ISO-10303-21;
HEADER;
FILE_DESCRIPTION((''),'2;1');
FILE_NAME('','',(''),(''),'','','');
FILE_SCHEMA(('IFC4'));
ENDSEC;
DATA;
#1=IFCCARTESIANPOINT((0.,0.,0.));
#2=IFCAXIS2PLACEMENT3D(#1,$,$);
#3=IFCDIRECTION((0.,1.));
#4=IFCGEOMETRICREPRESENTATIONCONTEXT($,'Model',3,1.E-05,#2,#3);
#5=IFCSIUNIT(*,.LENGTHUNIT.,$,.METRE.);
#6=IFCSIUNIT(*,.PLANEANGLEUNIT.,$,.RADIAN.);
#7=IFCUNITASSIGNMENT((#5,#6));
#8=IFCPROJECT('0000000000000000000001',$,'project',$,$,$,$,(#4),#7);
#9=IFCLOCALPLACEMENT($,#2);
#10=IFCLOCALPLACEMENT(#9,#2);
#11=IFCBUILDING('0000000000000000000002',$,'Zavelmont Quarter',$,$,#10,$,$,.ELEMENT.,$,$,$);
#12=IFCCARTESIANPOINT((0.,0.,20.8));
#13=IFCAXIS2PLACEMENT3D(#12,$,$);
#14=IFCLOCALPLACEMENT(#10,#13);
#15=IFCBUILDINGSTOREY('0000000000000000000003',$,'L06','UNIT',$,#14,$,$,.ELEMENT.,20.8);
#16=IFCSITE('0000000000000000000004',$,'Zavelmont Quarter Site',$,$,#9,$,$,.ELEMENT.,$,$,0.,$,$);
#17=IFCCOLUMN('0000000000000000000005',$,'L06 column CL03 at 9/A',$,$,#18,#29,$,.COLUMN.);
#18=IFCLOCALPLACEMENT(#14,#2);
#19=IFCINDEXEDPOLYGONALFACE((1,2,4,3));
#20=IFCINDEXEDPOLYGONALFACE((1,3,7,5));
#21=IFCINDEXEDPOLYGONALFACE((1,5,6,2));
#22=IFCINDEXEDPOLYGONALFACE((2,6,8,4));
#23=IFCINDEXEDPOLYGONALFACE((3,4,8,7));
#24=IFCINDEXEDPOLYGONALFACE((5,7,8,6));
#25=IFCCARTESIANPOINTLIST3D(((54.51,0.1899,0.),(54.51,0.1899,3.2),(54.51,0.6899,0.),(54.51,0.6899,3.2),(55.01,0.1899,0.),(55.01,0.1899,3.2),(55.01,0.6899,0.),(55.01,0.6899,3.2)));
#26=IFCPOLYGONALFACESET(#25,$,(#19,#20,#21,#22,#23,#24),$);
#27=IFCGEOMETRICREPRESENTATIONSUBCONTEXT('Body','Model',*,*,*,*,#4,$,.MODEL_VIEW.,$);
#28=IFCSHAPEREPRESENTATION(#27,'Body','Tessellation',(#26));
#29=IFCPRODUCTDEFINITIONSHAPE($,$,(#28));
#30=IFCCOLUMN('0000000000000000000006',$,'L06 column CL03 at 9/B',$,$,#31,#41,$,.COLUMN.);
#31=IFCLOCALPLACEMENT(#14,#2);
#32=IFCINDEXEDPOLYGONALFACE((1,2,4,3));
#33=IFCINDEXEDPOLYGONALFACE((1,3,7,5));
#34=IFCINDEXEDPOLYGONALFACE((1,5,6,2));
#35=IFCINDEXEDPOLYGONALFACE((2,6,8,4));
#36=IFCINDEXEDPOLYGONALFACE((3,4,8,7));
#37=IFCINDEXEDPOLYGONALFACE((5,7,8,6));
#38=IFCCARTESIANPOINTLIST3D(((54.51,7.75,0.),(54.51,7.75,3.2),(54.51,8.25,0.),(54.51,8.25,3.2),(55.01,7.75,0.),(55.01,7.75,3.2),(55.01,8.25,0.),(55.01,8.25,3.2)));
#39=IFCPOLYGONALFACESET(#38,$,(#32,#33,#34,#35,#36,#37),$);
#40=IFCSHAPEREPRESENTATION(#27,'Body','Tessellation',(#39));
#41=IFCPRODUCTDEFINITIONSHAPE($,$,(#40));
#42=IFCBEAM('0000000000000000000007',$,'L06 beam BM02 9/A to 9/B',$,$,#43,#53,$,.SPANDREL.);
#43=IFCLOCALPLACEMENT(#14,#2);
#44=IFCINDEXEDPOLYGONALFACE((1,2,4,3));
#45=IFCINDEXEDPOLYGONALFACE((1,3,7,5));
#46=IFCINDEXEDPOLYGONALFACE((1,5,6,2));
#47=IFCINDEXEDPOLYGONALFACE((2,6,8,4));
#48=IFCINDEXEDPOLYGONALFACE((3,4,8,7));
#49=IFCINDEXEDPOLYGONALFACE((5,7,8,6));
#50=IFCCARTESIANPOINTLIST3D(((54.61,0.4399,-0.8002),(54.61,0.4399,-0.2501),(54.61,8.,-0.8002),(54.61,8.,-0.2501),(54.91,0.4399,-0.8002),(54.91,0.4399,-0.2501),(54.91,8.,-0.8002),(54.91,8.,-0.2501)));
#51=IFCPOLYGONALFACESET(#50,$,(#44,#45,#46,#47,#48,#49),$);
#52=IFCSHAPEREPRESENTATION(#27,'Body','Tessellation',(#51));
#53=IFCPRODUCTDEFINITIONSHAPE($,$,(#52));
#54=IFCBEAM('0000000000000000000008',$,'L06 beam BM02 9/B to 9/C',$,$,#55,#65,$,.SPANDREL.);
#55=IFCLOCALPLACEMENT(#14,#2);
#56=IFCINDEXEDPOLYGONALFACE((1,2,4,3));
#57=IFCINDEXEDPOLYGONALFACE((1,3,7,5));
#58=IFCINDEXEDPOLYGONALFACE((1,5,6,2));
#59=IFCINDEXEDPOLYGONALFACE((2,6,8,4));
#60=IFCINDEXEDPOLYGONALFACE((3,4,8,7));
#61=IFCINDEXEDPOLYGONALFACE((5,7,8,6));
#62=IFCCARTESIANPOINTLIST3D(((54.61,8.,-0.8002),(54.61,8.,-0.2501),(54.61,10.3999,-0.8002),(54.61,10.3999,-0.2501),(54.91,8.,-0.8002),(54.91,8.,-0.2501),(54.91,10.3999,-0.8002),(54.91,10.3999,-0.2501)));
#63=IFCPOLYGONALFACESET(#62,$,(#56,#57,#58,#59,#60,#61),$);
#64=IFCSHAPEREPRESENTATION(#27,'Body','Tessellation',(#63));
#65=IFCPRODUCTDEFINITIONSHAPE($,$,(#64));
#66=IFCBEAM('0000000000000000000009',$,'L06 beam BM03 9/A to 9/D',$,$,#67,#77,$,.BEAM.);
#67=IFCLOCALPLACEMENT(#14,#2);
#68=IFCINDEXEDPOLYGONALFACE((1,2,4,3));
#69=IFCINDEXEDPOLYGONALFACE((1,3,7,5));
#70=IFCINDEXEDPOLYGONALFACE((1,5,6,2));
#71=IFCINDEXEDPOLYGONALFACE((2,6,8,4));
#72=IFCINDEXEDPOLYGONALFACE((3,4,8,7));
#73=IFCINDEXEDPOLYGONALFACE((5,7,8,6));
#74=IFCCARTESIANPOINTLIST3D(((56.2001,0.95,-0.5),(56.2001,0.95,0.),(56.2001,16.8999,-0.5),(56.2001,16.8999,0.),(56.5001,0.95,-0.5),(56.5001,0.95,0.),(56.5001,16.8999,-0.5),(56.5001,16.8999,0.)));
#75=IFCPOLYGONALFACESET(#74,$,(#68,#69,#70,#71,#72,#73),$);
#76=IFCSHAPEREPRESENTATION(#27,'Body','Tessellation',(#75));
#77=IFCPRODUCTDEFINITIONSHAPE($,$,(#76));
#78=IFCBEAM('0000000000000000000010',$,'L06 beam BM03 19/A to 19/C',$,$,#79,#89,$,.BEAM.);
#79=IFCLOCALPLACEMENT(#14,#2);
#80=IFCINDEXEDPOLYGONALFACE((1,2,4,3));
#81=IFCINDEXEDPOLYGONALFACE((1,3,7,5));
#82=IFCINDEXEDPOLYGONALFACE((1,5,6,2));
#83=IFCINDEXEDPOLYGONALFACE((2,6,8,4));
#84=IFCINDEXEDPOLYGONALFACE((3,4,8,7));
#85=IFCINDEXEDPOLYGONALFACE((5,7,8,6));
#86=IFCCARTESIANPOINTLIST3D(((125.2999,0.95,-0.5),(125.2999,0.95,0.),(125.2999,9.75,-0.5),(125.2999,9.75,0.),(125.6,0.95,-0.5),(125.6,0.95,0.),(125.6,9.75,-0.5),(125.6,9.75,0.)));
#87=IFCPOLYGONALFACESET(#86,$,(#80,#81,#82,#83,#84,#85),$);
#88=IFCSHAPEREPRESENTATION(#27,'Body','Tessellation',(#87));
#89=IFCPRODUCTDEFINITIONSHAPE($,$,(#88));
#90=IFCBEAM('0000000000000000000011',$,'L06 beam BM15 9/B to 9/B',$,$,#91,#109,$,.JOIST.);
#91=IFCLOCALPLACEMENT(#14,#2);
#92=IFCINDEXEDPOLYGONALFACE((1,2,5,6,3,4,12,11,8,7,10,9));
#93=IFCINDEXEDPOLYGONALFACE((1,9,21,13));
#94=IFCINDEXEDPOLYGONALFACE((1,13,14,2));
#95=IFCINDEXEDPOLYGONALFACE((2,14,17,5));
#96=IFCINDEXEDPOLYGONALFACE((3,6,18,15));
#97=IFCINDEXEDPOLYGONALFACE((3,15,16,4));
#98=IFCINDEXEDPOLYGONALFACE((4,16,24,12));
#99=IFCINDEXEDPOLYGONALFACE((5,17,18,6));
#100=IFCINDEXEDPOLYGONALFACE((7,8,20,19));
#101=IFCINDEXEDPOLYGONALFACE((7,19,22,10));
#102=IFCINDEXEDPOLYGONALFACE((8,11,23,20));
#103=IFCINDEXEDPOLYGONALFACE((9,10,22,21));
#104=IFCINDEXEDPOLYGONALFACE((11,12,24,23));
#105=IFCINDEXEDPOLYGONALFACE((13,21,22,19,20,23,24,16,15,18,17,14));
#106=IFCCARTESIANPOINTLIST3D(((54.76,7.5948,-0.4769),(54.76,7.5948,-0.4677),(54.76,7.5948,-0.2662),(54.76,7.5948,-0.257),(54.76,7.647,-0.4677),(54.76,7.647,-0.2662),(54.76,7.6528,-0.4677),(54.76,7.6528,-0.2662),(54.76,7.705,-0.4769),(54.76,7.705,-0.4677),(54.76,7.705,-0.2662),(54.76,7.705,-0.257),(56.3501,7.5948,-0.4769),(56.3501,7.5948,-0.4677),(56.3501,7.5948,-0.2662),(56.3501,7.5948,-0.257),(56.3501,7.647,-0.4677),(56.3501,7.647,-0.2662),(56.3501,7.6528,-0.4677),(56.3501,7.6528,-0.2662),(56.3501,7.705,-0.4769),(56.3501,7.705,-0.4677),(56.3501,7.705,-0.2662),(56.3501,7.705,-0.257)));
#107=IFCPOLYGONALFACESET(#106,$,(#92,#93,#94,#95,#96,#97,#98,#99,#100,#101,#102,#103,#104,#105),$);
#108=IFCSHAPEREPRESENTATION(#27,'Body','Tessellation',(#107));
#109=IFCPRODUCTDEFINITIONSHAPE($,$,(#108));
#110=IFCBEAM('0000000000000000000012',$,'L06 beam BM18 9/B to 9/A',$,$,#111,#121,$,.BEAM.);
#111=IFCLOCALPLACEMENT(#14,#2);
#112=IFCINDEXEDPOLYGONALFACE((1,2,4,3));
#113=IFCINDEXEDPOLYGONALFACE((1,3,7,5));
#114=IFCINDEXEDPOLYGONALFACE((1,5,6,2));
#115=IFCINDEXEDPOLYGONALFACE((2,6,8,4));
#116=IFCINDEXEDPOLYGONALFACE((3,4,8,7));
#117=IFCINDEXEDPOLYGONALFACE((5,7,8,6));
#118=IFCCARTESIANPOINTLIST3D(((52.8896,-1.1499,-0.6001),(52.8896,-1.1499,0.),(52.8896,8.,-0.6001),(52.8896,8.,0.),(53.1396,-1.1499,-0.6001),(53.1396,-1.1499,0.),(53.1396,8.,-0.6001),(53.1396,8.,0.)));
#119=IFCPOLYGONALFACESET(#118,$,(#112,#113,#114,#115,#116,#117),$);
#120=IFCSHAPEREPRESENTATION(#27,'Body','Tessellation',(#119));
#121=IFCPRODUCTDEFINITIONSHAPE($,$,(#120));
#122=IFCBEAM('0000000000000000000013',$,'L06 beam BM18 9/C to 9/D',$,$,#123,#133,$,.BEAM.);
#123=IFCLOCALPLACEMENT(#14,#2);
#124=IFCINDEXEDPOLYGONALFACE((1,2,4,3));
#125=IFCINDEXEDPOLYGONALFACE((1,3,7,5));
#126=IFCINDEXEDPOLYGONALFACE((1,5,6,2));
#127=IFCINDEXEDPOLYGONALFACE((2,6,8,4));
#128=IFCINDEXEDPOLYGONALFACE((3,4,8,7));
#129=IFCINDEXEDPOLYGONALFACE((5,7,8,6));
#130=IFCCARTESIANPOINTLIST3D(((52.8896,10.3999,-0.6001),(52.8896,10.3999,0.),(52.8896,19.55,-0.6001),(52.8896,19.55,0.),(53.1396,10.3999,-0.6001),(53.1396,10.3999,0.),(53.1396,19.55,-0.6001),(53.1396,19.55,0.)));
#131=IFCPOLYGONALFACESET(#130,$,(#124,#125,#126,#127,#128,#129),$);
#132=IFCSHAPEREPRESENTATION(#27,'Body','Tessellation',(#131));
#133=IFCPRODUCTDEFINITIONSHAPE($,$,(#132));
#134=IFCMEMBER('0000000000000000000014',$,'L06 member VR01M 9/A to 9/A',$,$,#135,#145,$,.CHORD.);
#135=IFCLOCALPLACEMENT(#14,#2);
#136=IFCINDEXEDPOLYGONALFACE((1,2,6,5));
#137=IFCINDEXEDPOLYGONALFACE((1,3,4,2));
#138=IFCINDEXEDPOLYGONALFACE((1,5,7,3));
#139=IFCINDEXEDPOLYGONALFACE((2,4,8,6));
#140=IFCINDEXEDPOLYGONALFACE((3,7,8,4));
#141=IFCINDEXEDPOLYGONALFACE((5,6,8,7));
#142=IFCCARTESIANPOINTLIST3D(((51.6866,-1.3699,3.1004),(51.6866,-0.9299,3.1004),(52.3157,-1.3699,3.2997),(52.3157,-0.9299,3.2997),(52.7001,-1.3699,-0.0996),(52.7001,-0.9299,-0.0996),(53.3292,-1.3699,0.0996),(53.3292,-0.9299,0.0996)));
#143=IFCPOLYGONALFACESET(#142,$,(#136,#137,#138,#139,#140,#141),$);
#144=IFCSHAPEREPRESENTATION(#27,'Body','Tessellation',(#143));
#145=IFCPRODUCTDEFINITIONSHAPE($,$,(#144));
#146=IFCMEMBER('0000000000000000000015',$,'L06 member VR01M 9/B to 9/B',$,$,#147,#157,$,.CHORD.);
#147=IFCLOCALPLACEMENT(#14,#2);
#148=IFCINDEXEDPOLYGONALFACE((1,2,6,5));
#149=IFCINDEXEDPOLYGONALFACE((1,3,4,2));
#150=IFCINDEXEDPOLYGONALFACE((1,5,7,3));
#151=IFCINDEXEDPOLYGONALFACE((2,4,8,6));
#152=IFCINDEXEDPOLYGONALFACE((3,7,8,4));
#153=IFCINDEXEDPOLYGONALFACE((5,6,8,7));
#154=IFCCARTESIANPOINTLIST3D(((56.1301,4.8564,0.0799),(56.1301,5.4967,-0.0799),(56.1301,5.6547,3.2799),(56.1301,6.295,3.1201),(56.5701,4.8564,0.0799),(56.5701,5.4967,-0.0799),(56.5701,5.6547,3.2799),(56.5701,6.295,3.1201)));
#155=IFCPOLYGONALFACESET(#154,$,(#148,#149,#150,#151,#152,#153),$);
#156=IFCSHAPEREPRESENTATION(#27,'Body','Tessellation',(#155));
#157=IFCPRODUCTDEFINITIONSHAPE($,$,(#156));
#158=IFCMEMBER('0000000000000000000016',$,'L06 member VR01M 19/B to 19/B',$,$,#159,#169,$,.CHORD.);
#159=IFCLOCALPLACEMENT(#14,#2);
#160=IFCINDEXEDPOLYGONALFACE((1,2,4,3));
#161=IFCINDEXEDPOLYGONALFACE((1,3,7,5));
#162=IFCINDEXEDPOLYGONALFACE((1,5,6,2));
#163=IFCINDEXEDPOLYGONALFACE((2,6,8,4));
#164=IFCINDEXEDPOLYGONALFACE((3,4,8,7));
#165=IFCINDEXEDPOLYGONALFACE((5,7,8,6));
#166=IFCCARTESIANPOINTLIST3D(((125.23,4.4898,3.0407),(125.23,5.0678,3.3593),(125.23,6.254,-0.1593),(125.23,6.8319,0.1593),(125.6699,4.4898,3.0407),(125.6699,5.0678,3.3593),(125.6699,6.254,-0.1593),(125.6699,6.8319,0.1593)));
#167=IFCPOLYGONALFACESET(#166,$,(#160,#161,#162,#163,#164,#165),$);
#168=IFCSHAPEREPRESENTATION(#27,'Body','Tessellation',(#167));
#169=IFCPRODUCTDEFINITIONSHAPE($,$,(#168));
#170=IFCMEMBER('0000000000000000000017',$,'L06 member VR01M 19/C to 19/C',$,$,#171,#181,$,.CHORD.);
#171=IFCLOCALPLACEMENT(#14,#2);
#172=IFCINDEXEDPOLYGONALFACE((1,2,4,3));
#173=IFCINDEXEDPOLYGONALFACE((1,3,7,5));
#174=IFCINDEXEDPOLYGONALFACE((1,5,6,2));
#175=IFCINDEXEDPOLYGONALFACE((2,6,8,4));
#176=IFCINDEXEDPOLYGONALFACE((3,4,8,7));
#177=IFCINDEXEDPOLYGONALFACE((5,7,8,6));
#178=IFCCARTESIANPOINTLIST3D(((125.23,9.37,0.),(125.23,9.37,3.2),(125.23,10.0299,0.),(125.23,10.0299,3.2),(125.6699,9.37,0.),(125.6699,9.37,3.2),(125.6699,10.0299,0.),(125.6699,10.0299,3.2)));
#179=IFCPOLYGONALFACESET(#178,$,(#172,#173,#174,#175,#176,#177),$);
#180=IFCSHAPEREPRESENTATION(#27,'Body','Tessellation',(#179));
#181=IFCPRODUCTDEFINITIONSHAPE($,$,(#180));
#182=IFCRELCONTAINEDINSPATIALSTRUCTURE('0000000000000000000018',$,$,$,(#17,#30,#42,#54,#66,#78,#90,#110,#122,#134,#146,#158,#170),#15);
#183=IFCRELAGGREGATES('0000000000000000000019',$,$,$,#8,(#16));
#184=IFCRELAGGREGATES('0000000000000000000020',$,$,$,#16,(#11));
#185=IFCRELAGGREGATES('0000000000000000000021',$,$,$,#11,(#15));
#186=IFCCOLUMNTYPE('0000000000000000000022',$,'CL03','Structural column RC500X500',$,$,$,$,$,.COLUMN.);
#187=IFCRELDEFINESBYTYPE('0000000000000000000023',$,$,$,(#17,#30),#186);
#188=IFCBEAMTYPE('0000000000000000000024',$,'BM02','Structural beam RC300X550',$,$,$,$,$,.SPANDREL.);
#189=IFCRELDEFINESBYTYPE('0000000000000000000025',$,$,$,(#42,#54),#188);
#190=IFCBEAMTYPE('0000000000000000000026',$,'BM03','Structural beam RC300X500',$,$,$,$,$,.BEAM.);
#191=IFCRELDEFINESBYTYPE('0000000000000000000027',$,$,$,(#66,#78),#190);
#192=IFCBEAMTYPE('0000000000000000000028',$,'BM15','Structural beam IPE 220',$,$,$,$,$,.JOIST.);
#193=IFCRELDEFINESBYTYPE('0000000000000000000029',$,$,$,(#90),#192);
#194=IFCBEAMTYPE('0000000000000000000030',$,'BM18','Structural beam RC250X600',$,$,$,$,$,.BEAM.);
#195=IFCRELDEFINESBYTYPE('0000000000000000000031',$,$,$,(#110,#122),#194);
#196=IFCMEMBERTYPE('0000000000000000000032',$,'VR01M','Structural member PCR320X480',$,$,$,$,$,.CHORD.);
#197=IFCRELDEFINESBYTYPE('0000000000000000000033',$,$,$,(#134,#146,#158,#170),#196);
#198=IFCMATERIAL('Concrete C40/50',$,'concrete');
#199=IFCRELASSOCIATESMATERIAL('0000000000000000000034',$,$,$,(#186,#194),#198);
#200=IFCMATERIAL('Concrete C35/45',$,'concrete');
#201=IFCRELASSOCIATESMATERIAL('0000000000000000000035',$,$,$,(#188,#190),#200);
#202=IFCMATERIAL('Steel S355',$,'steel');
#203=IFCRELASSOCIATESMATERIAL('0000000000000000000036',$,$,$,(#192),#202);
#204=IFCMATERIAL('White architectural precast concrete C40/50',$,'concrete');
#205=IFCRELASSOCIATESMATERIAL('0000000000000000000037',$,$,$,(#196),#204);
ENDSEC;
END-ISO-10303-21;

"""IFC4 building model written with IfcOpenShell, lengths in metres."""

from ifc_helpers import new_model, si_unit, direction, frame, origin, origin_2d, place, context, subcontext, project, spatial, rectangle, i_section, extrude, material, material_profile, profile_set, type_object, element, save


model = new_model("IFC4")

# Units and contexts
model_context = context("Model", 3, precision=1e-05, world=origin(), true_north=direction((0.0, 1.0)))
body_context = subcontext(model_context, "Body", "Model", "MODEL_VIEW")
ifc_project = project(units=[si_unit("LENGTHUNIT", "METRE"), si_unit("PLANEANGLEUNIT", "RADIAN")], contexts=[model_context])

# Site, building, storey
site_placement = place(None, origin())
site = spatial("IfcSite", under=ifc_project, at=site_placement, Name="Zavelmont Quarter Site", CompositionType="ELEMENT", RefElevation=0.0)
building_placement = place(site_placement, origin())
building = spatial("IfcBuilding", under=site, at=building_placement, Name="Zavelmont Quarter", CompositionType="ELEMENT")
storey_placement = place(building_placement, frame((0.0, 0.0, 20.8)))
storey = spatial("IfcBuildingStorey", under=building, at=storey_placement, Name="L06", Description="UNIT", CompositionType="ELEMENT", Elevation=20.8)

# Columns
ifc_material_1 = material(Name="Concrete C40/50", Category="concrete")
ifc_material_profile_1 = material_profile(ifc_material_1, rectangle(XDim=0.5, YDim=0.5, at=origin_2d()), Name="RC500X500")
ifc_profile_set_1 = profile_set([ifc_material_profile_1], Name="Concrete C40/50")
column_type = type_object("IfcColumnType", Name="CL03", Description="Structural column RC500X500", PredefinedType="COLUMN", material=ifc_profile_set_1)
for number, where, z_axis, x_axis, name in (
    (1, (54.76, 0.4399, 0.0), (0.0, 0.0, 1.0), (1.0, 0.0, 0.0), "L06 column CL03 at 9/A"),
    (2, (54.76, 8.0, 0.0), (0.0, 0.0, 1.0), (1.0, 0.0, 0.0), "L06 column CL03 at 9/B"),
):
    element("IfcColumn", number, at=place(storey_placement, frame(where, z_axis=z_axis, x_axis=x_axis)), inside=storey, type_object=column_type, Name=name, PredefinedType="COLUMN", context=body_context, shape_type="SweptSolid", body=[
        extrude(rectangle(XDim=0.5, YDim=0.5, at=origin_2d()), origin(), (0.0, 0.0, 1.0), 3.2),
    ])

# Beams
ifc_material_2 = material(Name="Concrete C35/45", Category="concrete")
ifc_material_profile_2 = material_profile(ifc_material_2, rectangle(XDim=0.3, YDim=0.55, at=origin_2d()), Name="RC300X550")
ifc_profile_set_2 = profile_set([ifc_material_profile_2], Name="Concrete C35/45")
beam_type_1 = type_object("IfcBeamType", Name="BM02", Description="Structural beam RC300X550", PredefinedType="SPANDREL", material=ifc_profile_set_2)
beam_1_placement = place(storey_placement, frame((54.76, 0.4399, -0.5251), z_axis=(0.0, 1.0, 0.0), x_axis=(-1.0, 0.0, 0.0)))
element("IfcBeam", 3, at=beam_1_placement, inside=storey, type_object=beam_type_1, Name="L06 beam BM02 9/A to 9/B", PredefinedType="SPANDREL", context=body_context, shape_type="SweptSolid", body=[
    extrude(rectangle(XDim=0.3, YDim=0.55, at=origin_2d()), origin(), (0.0, 0.0, 1.0), 7.5601),
])
beam_2_placement = place(storey_placement, frame((54.76, 8.0, -0.5251), z_axis=(0.0, 1.0, 0.0), x_axis=(-1.0, 0.0, 0.0)))
element("IfcBeam", 4, at=beam_2_placement, inside=storey, type_object=beam_type_1, Name="L06 beam BM02 9/B to 9/C", PredefinedType="SPANDREL", context=body_context, shape_type="SweptSolid", body=[
    extrude(rectangle(XDim=0.3, YDim=0.55, at=origin_2d()), origin(), (0.0, 0.0, 1.0), 2.3999),
])
ifc_material_profile_3 = material_profile(ifc_material_2, rectangle(XDim=0.3, YDim=0.5, at=origin_2d()), Name="RC300X500")
ifc_profile_set_3 = profile_set([ifc_material_profile_3], Name="Concrete C35/45")
beam_type_2 = type_object("IfcBeamType", Name="BM03", Description="Structural beam RC300X500", PredefinedType="BEAM", material=ifc_profile_set_3)
beam_3_placement = place(storey_placement, frame((56.3501, 0.95, -0.25), z_axis=(0.0, 1.0, 0.0), x_axis=(-1.0, 0.0, 0.0)))
element("IfcBeam", 5, at=beam_3_placement, inside=storey, type_object=beam_type_2, Name="L06 beam BM03 9/A to 9/D", PredefinedType="BEAM", context=body_context, shape_type="SweptSolid", body=[
    extrude(rectangle(XDim=0.3, YDim=0.5, at=origin_2d()), origin(), (0.0, 0.0, 1.0), 15.95),
])
beam_4_placement = place(storey_placement, frame((125.45, 0.95, -0.25), z_axis=(0.0, 1.0, 0.0), x_axis=(-1.0, 0.0, 0.0)))
element("IfcBeam", 6, at=beam_4_placement, inside=storey, type_object=beam_type_2, Name="L06 beam BM03 19/A to 19/C", PredefinedType="BEAM", context=body_context, shape_type="SweptSolid", body=[
    extrude(rectangle(XDim=0.3, YDim=0.5, at=origin_2d()), origin(), (0.0, 0.0, 1.0), 8.8),
])
ifc_material_3 = material(Name="Steel S355", Category="steel")
ifc_material_profile_4 = material_profile(ifc_material_3, i_section(OverallWidth=0.1101, OverallDepth=0.22, WebThickness=0.0059, FlangeThickness=0.0093, at=origin_2d()), Name="IPE 220")
ifc_profile_set_4 = profile_set([ifc_material_profile_4], Name="Steel S355")
beam_type_3 = type_object("IfcBeamType", Name="BM15", Description="Structural beam IPE 220", PredefinedType="JOIST", material=ifc_profile_set_4)
beam_5_placement = place(storey_placement, frame((54.76, 7.6499, -0.3669), z_axis=(1.0, 0.0, 0.0), x_axis=(0.0, 1.0, 0.0)))
element("IfcBeam", 7, at=beam_5_placement, inside=storey, type_object=beam_type_3, Name="L06 beam BM15 9/B to 9/B", PredefinedType="JOIST", context=body_context, shape_type="SweptSolid", body=[
    extrude(i_section(OverallWidth=0.1101, OverallDepth=0.22, WebThickness=0.0059, FlangeThickness=0.0093, at=origin_2d()), origin(), (0.0, 0.0, 1.0), 1.5901),
])
ifc_material_profile_5 = material_profile(ifc_material_1, rectangle(XDim=0.25, YDim=0.6001, at=origin_2d()), Name="RC250X600")
ifc_profile_set_5 = profile_set([ifc_material_profile_5], Name="Concrete C40/50")
beam_type_4 = type_object("IfcBeamType", Name="BM18", Description="Structural beam RC250X600", PredefinedType="BEAM", material=ifc_profile_set_5)
beam_6_placement = place(storey_placement, frame((53.0146, 8.0, -0.3), z_axis=(0.0, -1.0, 0.0), x_axis=(1.0, 0.0, 0.0)))
element("IfcBeam", 8, at=beam_6_placement, inside=storey, type_object=beam_type_4, Name="L06 beam BM18 9/B to 9/A", PredefinedType="BEAM", context=body_context, shape_type="SweptSolid", body=[
    extrude(rectangle(XDim=0.25, YDim=0.6001, at=origin_2d()), origin(), (0.0, 0.0, 1.0), 9.1499),
])
beam_7_placement = place(storey_placement, frame((53.0146, 10.3999, -0.3), z_axis=(0.0, 1.0, 0.0), x_axis=(-1.0, 0.0, 0.0)))
element("IfcBeam", 9, at=beam_7_placement, inside=storey, type_object=beam_type_4, Name="L06 beam BM18 9/C to 9/D", PredefinedType="BEAM", context=body_context, shape_type="SweptSolid", body=[
    extrude(rectangle(XDim=0.25, YDim=0.6001, at=origin_2d()), origin(), (0.0, 0.0, 1.0), 9.1501),
])

# Members
ifc_material_4 = material(Name="White architectural precast concrete C40/50", Category="concrete")
ifc_material_profile_6 = material_profile(ifc_material_4, rectangle(XDim=0.4399, YDim=0.6599, at=origin_2d()), Name="PCR320X480")
ifc_profile_set_6 = profile_set([ifc_material_profile_6], Name="White architectural precast concrete C40/50")
member_type = type_object("IfcMemberType", Name="VR01M", Description="Structural member PCR320X480", PredefinedType="CHORD", material=ifc_profile_set_6)
member_1_placement = place(storey_placement, frame((53.0146, -1.1499, 0.0), z_axis=(-0.301921, 0.0, 0.953333), x_axis=(0.0, -1.0, 0.0)))
element("IfcMember", 10, at=member_1_placement, inside=storey, type_object=member_type, Name="L06 member VR01M 9/A to 9/A", PredefinedType="CHORD", context=body_context, shape_type="SweptSolid", body=[
    extrude(rectangle(XDim=0.4399, YDim=0.6599, at=origin_2d()), origin(), (0.0, 0.0, 1.0), 3.3567),
])
member_2_placement = place(storey_placement, frame((56.3501, 5.1765, 0.0), z_axis=(0.0, 0.242065, 0.97026), x_axis=(-1.0, 0.0, 0.0)))
element("IfcMember", 11, at=member_2_placement, inside=storey, type_object=member_type, Name="L06 member VR01M 9/B to 9/B", PredefinedType="CHORD", context=body_context, shape_type="SweptSolid", body=[
    extrude(rectangle(XDim=0.4399, YDim=0.6599, at=origin_2d()), origin(), (0.0, 0.0, 1.0), 3.2981),
])
member_3_placement = place(storey_placement, frame((125.45, 6.543, 0.0), z_axis=(0.0, -0.482798, 0.875732), x_axis=(1.0, 0.0, 0.0)))
element("IfcMember", 12, at=member_3_placement, inside=storey, type_object=member_type, Name="L06 member VR01M 19/B to 19/B", PredefinedType="CHORD", context=body_context, shape_type="SweptSolid", body=[
    extrude(rectangle(XDim=0.4399, YDim=0.6599, at=origin_2d()), origin(), (0.0, 0.0, 1.0), 3.6541),
])
member_4_placement = place(storey_placement, frame((125.45, 9.7, 0.0), z_axis=(0.0, 0.0, 1.0), x_axis=(1.0, 0.0, 0.0)))
element("IfcMember", 13, at=member_4_placement, inside=storey, type_object=member_type, Name="L06 member VR01M 19/C to 19/C", PredefinedType="CHORD", context=body_context, shape_type="SweptSolid", body=[
    extrude(rectangle(XDim=0.4399, YDim=0.6599, at=origin_2d()), origin(), (0.0, 0.0, 1.0), 3.2),
])

save(model, "model.ifc")
